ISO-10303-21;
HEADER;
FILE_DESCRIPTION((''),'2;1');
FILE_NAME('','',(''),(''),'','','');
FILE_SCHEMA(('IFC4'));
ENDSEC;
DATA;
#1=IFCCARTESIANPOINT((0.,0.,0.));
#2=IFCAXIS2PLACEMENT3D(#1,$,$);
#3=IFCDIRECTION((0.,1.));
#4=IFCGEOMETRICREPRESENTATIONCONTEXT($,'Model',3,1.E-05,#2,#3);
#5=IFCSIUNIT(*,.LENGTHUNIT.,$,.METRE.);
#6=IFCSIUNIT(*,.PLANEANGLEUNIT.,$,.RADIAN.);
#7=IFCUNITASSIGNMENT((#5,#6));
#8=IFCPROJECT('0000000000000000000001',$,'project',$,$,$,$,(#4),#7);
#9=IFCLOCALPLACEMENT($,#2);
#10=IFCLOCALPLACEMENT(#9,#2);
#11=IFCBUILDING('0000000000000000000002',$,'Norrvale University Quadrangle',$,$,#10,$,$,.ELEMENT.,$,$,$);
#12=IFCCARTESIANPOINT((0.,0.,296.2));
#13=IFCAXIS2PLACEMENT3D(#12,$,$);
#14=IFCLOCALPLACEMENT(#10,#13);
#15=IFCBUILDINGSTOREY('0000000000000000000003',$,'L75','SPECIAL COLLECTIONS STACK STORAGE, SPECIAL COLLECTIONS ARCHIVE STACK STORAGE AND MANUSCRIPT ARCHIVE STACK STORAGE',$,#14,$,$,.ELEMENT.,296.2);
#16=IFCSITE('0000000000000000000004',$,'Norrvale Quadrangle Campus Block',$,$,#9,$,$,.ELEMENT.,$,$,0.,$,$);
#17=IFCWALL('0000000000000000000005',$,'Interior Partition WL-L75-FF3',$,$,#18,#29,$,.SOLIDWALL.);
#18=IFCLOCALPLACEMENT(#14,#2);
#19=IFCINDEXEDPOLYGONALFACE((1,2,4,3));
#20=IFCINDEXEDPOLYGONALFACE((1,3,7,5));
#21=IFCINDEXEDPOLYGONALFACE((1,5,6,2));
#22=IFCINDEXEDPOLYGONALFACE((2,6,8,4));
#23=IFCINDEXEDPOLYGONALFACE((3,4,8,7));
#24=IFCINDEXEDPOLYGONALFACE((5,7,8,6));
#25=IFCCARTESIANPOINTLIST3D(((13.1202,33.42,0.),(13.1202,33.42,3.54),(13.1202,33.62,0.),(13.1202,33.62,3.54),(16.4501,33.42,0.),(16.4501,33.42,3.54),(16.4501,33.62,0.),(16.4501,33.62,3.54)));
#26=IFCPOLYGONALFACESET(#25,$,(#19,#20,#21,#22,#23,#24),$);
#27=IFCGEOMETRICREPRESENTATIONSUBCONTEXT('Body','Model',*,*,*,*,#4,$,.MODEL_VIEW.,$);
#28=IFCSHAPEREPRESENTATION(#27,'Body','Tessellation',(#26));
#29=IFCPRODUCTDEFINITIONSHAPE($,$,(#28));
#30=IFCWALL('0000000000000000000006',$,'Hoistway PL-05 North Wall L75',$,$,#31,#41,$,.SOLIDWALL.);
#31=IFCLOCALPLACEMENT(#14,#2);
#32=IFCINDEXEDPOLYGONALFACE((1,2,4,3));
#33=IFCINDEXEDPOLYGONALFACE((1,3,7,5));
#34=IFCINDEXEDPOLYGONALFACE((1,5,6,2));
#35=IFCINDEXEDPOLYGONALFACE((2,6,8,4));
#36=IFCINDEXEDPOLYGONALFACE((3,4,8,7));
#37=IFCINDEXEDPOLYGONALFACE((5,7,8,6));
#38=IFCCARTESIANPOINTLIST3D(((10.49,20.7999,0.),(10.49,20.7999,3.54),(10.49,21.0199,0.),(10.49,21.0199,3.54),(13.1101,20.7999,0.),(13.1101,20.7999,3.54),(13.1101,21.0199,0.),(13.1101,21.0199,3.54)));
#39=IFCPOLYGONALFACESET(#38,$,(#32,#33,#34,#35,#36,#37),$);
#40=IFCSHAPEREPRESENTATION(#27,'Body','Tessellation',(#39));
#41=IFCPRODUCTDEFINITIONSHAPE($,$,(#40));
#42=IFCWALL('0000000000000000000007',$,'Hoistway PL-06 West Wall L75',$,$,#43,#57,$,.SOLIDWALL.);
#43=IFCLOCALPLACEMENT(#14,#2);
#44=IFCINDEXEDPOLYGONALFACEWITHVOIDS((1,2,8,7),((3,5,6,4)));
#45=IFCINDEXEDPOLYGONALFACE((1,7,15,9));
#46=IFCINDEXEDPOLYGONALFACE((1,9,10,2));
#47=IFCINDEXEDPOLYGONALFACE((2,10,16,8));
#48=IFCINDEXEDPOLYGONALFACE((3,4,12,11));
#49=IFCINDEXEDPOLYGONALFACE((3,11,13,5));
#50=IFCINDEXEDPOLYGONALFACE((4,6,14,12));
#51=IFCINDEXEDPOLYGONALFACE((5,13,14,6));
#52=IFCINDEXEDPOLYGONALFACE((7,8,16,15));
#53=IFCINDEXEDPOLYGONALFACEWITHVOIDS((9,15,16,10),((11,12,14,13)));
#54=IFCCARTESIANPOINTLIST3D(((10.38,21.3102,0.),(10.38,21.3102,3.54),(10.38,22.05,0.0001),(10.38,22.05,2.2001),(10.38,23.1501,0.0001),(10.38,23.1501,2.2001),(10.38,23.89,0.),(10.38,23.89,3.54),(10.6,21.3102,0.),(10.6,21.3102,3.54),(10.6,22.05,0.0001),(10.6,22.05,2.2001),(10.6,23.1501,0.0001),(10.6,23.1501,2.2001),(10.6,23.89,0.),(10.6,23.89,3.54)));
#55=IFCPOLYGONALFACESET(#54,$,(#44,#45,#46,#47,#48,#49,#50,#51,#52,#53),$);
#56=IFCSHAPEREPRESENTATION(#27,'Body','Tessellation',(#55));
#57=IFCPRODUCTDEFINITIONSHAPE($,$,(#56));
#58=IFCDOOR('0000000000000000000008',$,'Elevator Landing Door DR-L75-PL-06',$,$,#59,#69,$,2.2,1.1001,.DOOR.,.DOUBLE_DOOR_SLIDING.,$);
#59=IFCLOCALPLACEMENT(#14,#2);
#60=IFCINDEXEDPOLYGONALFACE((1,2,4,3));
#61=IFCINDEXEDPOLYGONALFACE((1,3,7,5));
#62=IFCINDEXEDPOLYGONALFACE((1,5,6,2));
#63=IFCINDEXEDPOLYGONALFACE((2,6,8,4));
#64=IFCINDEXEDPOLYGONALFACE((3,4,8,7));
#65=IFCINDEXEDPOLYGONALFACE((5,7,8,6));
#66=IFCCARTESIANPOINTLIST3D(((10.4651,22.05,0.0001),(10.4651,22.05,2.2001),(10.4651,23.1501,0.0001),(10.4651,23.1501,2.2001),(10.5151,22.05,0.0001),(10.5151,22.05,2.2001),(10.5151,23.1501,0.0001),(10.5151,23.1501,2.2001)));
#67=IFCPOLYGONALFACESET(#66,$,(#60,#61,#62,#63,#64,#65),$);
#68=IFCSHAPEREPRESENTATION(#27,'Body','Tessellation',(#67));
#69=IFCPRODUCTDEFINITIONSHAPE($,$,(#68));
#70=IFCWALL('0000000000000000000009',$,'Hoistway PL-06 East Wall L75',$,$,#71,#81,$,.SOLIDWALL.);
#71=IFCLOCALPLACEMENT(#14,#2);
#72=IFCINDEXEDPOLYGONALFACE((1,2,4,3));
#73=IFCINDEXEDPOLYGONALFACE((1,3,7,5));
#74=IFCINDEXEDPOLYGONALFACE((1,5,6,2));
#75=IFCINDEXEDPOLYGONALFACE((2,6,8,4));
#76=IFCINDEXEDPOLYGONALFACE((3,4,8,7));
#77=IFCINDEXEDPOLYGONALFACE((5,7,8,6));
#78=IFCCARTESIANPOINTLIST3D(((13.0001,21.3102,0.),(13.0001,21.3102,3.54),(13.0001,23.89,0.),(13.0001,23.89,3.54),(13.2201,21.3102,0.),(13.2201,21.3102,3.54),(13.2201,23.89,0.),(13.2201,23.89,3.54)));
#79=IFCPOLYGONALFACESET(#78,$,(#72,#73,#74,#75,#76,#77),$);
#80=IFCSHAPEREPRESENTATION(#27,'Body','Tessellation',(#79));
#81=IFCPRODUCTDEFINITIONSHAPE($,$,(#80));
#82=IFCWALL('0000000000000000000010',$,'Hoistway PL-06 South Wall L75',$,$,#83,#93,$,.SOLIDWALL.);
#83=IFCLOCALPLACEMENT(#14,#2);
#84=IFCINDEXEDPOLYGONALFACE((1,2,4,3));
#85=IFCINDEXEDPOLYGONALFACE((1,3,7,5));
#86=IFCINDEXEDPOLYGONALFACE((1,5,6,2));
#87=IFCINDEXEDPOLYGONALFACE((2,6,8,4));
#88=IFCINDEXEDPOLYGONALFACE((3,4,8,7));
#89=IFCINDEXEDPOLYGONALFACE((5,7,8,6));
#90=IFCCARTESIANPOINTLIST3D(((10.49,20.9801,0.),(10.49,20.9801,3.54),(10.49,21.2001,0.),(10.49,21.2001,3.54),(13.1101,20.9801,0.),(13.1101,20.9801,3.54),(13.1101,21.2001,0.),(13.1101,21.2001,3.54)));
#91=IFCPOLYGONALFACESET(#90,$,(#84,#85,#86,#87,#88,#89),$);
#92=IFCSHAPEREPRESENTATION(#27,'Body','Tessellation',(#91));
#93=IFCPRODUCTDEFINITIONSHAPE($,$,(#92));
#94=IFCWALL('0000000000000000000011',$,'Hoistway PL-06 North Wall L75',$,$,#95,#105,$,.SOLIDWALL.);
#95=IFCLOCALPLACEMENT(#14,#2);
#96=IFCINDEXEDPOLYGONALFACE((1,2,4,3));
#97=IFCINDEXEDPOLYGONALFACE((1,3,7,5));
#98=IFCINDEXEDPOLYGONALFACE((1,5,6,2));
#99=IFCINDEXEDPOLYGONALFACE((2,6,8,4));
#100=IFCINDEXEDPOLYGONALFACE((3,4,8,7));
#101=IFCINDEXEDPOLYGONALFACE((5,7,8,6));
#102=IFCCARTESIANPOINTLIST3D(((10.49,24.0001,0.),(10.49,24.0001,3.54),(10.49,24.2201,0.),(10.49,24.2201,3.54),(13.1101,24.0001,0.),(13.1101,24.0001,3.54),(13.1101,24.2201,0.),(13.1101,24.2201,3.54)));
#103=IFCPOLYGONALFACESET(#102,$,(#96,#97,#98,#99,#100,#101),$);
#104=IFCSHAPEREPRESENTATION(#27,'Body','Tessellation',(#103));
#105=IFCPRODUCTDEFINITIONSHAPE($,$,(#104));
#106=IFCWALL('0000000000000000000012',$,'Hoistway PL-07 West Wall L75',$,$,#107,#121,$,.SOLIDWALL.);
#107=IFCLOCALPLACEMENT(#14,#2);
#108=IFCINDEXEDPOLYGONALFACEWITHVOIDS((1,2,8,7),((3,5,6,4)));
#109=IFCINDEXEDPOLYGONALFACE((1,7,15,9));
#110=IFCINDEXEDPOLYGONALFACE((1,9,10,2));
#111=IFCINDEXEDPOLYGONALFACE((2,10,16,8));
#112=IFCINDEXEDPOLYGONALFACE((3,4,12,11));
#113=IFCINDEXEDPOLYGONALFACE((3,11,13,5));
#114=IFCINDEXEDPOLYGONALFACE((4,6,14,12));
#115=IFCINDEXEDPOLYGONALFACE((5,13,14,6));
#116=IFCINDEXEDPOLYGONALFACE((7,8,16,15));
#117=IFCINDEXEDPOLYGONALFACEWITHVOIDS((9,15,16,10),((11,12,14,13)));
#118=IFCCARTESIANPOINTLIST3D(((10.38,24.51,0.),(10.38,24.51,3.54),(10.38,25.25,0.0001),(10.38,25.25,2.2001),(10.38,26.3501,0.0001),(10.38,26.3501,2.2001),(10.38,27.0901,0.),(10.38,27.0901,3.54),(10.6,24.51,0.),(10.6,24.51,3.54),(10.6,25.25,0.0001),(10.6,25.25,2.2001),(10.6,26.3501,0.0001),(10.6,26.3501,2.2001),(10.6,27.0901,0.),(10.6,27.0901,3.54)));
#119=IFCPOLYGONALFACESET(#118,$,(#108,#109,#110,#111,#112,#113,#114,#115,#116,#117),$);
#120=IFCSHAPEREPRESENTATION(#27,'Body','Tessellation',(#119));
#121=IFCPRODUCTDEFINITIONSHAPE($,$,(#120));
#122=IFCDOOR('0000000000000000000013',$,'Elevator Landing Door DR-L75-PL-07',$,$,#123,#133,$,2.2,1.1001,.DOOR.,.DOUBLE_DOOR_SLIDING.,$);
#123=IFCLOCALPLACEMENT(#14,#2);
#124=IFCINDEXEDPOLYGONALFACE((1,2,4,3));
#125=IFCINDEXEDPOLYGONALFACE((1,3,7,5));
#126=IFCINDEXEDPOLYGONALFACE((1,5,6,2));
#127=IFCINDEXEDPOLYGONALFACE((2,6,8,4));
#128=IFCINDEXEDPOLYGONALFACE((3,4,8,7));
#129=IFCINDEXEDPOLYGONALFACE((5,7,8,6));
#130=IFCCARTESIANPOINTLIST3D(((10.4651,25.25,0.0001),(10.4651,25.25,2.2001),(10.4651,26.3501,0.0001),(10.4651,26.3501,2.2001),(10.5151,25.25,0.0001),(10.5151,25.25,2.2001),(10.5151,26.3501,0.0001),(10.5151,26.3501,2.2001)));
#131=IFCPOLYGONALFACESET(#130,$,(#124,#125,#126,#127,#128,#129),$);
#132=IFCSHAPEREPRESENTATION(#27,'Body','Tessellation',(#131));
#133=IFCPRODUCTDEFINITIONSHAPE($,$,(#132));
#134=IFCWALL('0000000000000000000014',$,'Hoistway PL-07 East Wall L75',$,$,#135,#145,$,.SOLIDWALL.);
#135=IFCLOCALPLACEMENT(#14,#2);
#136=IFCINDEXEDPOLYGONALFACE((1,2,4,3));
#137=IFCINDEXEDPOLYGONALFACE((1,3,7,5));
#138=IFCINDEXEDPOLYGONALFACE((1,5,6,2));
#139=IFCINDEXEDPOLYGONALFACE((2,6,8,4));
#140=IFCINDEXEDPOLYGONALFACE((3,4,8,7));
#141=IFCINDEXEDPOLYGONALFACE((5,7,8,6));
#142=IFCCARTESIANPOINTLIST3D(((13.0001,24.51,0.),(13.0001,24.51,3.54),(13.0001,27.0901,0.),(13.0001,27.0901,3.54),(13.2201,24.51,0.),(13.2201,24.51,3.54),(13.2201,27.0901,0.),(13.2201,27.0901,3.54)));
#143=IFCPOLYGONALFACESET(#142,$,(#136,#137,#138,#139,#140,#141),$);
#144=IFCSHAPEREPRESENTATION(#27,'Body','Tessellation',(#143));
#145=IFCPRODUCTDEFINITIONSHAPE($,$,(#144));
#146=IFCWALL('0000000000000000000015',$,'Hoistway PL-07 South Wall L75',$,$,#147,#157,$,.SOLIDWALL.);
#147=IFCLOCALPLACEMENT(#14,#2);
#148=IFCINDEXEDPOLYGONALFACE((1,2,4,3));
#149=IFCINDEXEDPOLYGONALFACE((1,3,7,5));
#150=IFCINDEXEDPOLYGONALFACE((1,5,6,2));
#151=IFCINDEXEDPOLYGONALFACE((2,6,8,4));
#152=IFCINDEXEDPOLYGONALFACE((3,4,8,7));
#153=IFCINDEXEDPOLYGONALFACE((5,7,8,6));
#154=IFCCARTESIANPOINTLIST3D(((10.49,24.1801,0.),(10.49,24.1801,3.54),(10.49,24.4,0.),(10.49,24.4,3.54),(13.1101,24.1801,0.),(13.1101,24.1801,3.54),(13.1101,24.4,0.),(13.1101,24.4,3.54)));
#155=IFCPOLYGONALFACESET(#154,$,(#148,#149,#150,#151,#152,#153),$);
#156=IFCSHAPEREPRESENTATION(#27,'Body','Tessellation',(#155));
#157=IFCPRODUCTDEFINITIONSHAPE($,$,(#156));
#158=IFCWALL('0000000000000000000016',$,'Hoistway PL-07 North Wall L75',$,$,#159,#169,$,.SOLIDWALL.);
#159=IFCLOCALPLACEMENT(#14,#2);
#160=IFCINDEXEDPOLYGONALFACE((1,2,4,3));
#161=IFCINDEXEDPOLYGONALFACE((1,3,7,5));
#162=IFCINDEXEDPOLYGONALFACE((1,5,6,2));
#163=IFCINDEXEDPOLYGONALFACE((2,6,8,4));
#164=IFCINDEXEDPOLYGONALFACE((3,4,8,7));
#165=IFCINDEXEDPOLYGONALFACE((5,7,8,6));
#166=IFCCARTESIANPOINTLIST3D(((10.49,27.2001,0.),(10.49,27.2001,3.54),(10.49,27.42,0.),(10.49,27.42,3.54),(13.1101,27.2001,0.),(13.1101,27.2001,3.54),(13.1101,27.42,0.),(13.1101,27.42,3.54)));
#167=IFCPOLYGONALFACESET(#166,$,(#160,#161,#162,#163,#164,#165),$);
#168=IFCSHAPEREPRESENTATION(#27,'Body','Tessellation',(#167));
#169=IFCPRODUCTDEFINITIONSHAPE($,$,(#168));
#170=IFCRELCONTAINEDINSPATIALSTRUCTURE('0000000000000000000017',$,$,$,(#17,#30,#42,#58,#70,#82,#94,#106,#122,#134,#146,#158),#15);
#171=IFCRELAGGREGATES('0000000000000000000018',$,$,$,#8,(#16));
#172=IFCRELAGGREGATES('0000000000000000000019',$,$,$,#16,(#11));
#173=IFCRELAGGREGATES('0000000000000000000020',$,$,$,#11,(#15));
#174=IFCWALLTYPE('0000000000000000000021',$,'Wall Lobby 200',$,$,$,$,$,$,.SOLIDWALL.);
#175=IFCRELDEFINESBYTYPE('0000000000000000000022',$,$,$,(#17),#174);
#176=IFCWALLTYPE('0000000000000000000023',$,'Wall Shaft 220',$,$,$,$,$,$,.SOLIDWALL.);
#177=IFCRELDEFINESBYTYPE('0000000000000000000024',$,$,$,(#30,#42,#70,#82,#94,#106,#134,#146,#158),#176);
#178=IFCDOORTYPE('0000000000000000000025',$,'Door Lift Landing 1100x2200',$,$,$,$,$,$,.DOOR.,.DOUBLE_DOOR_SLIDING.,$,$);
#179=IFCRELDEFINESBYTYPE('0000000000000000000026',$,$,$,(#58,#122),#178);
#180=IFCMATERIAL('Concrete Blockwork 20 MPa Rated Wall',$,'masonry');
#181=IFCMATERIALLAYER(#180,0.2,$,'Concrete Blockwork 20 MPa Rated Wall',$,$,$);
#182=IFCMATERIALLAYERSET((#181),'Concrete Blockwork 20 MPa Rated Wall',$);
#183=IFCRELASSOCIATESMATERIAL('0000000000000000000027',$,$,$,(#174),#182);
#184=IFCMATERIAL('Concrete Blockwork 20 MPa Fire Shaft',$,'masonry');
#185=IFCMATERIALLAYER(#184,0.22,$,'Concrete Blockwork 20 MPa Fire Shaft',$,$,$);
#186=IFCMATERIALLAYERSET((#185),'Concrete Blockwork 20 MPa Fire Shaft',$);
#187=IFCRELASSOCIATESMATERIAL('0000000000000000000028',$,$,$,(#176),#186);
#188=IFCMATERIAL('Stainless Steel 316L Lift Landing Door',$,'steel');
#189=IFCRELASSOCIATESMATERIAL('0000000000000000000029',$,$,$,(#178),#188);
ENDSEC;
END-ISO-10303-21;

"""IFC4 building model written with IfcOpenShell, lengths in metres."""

from ifc_helpers import new_model, si_unit, direction, frame, frame_2d, origin, place, context, subcontext, project, spatial, rectangle, extrude, material, layer, layer_set, type_object, element, fill, save


model = new_model("IFC4")

# Units and contexts
model_context = context("Model", 3, precision=1e-05, world=origin(), true_north=direction((0.0, 1.0)))
body_context = subcontext(model_context, "Body", "Model", "MODEL_VIEW")
ifc_project = project(units=[si_unit("LENGTHUNIT", "METRE"), si_unit("PLANEANGLEUNIT", "RADIAN")], contexts=[model_context])

# Site, building, storey
site_placement = place(None, origin())
site = spatial("IfcSite", under=ifc_project, at=site_placement, Name="Norrvale Quadrangle Campus Block", CompositionType="ELEMENT", RefElevation=0.0)
building_placement = place(site_placement, origin())
building = spatial("IfcBuilding", under=site, at=building_placement, Name="Norrvale University Quadrangle", CompositionType="ELEMENT")
storey_placement = place(building_placement, frame((0.0, 0.0, 296.2)))
storey = spatial("IfcBuildingStorey", under=building, at=storey_placement, Name="L75", Description="SPECIAL COLLECTIONS STACK STORAGE, SPECIAL COLLECTIONS ARCHIVE STACK STORAGE AND MANUSCRIPT ARCHIVE STACK STORAGE", CompositionType="ELEMENT", Elevation=296.2)

# Walls
ifc_material_1 = material(Name="Concrete Blockwork 20 MPa Rated Wall", Category="masonry")
ifc_layer_1 = layer(ifc_material_1, 0.2, Name="Concrete Blockwork 20 MPa Rated Wall")
ifc_layer_set_1 = layer_set([ifc_layer_1], Name="Concrete Blockwork 20 MPa Rated Wall")
wall_type_1 = type_object("IfcWallType", Name="Wall Lobby 200", PredefinedType="SOLIDWALL", material=ifc_layer_set_1)
wall_1_placement = place(storey_placement, frame((13.1201, 33.52, 0.0), z_axis=(0.0, 0.0, 1.0), x_axis=(1.0, 0.0, 0.0)))
element("IfcWall", 1, at=wall_1_placement, inside=storey, type_object=wall_type_1, Name="Interior Partition WL-L75-FF3", PredefinedType="SOLIDWALL", context=body_context, shape_type="SweptSolid", body=[
    extrude(rectangle(XDim=3.3298, YDim=0.2, at=frame_2d((1.665, 0.0))), origin(), (0.0, 0.0, 1.0), 3.54),
])
ifc_material_2 = material(Name="Concrete Blockwork 20 MPa Fire Shaft", Category="masonry")
ifc_layer_2 = layer(ifc_material_2, 0.22, Name="Concrete Blockwork 20 MPa Fire Shaft")
ifc_layer_set_2 = layer_set([ifc_layer_2], Name="Concrete Blockwork 20 MPa Fire Shaft")
wall_type_2 = type_object("IfcWallType", Name="Wall Shaft 220", PredefinedType="SOLIDWALL", material=ifc_layer_set_2)
wall_2_placement = place(storey_placement, frame((10.49, 20.9099, 0.0), z_axis=(0.0, 0.0, 1.0), x_axis=(1.0, 0.0, 0.0)))
element("IfcWall", 2, at=wall_2_placement, inside=storey, type_object=wall_type_2, Name="Hoistway PL-05 North Wall L75", PredefinedType="SOLIDWALL", context=body_context, shape_type="SweptSolid", body=[
    extrude(rectangle(XDim=2.6201, YDim=0.22, at=frame_2d((1.3101, 0.0))), origin(), (0.0, 0.0, 1.0), 3.54),
])

# Wall, opening, door
wall_3_placement = place(storey_placement, frame((10.49, 21.3101, 0.0), z_axis=(0.0, 0.0, 1.0), x_axis=(0.0, 1.0, 0.0)))
wall_3 = element("IfcWall", 3, at=wall_3_placement, inside=storey, type_object=wall_type_2, Name="Hoistway PL-06 West Wall L75", PredefinedType="SOLIDWALL", context=body_context, shape_type="SweptSolid", body=[
    extrude(rectangle(XDim=2.5798, YDim=0.22, at=frame_2d((1.29, 0.0))), origin(), (0.0, 0.0, 1.0), 3.54),
])
opening_1_placement = place(wall_3_placement, frame((0.74, 0.0, 0.0)))
opening_1 = element("IfcOpeningElement", 4, at=opening_1_placement, cuts=wall_3, PredefinedType="OPENING", context=body_context, shape_type="SweptSolid", body=[
    extrude(rectangle(XDim=1.1001, YDim=2.2, at=frame_2d((0.55, 1.1001))), frame((0.0, 0.1221, 0.0), z_axis=(0.0, -1.0, 0.0), x_axis=(1.0, 0.0, 0.0)), (0.0, 0.0, 1.0), 0.2439),
])
ifc_material_3 = material(Name="Stainless Steel 316L Lift Landing Door", Category="steel")
door_type_1 = type_object("IfcDoorType", Name="Door Lift Landing 1100x2200", OperationType="DOUBLE_DOOR_SLIDING", PredefinedType="DOOR", material=ifc_material_3)
door_1_placement = place(opening_1_placement, origin())
door_1 = element("IfcDoor", 5, at=door_1_placement, inside=storey, type_object=door_type_1, Name="Elevator Landing Door DR-L75-PL-06", OperationType="DOUBLE_DOOR_SLIDING", OverallHeight=2.2, OverallWidth=1.1001, PredefinedType="DOOR", context=body_context, shape_type="SweptSolid", body=[
    extrude(rectangle(XDim=1.1001, YDim=2.2, at=frame_2d((0.55, 1.1001))), frame((0.0, 0.0249, 0.0), z_axis=(0.0, -1.0, 0.0), x_axis=(1.0, 0.0, 0.0)), (0.0, 0.0, 1.0), 0.05),
])
fill(opening_1, door_1)

# Walls
wall_4_placement = place(storey_placement, frame((13.1101, 21.3101, 0.0), z_axis=(0.0, 0.0, 1.0), x_axis=(0.0, 1.0, 0.0)))
element("IfcWall", 6, at=wall_4_placement, inside=storey, type_object=wall_type_2, Name="Hoistway PL-06 East Wall L75", PredefinedType="SOLIDWALL", context=body_context, shape_type="SweptSolid", body=[
    extrude(rectangle(XDim=2.5798, YDim=0.22, at=frame_2d((1.29, 0.0))), origin(), (0.0, 0.0, 1.0), 3.54),
])
for number, where, z_axis, x_axis, name in (
    (7, (10.49, 21.0901, 0.0), (0.0, 0.0, 1.0), (1.0, 0.0, 0.0), "Hoistway PL-06 South Wall L75"),
    (8, (10.49, 24.1101, 0.0), (0.0, 0.0, 1.0), (1.0, 0.0, 0.0), "Hoistway PL-06 North Wall L75"),
):
    element("IfcWall", number, at=place(storey_placement, frame(where, z_axis=z_axis, x_axis=x_axis)), inside=storey, type_object=wall_type_2, Name=name, PredefinedType="SOLIDWALL", context=body_context, shape_type="SweptSolid", body=[
        extrude(rectangle(XDim=2.6201, YDim=0.22, at=frame_2d((1.3101, 0.0))), origin(), (0.0, 0.0, 1.0), 3.54),
    ])

# Wall, opening, door
wall_5_placement = place(storey_placement, frame((10.49, 24.51, 0.0), z_axis=(0.0, 0.0, 1.0), x_axis=(0.0, 1.0, 0.0)))
wall_5 = element("IfcWall", 9, at=wall_5_placement, inside=storey, type_object=wall_type_2, Name="Hoistway PL-07 West Wall L75", PredefinedType="SOLIDWALL", context=body_context, shape_type="SweptSolid", body=[
    extrude(rectangle(XDim=2.5801, YDim=0.22, at=frame_2d((1.29, 0.0))), origin(), (0.0, 0.0, 1.0), 3.54),
])
opening_2_placement = place(wall_5_placement, frame((0.74, 0.0, 0.0)))
opening_2 = element("IfcOpeningElement", 10, at=opening_2_placement, cuts=wall_5, PredefinedType="OPENING", context=body_context, shape_type="SweptSolid", body=[
    extrude(rectangle(XDim=1.1001, YDim=2.2, at=frame_2d((0.55, 1.1001))), frame((0.0, 0.1221, 0.0), z_axis=(0.0, -1.0, 0.0), x_axis=(1.0, 0.0, 0.0)), (0.0, 0.0, 1.0), 0.2439),
])
door_2_placement = place(opening_2_placement, origin())
door_2 = element("IfcDoor", 11, at=door_2_placement, inside=storey, type_object=door_type_1, Name="Elevator Landing Door DR-L75-PL-07", OperationType="DOUBLE_DOOR_SLIDING", OverallHeight=2.2, OverallWidth=1.1001, PredefinedType="DOOR", context=body_context, shape_type="SweptSolid", body=[
    extrude(rectangle(XDim=1.1001, YDim=2.2, at=frame_2d((0.55, 1.1001))), frame((0.0, 0.0249, 0.0), z_axis=(0.0, -1.0, 0.0), x_axis=(1.0, 0.0, 0.0)), (0.0, 0.0, 1.0), 0.05),
])
fill(opening_2, door_2)

# Walls
wall_6_placement = place(storey_placement, frame((13.1101, 24.51, 0.0), z_axis=(0.0, 0.0, 1.0), x_axis=(0.0, 1.0, 0.0)))
element("IfcWall", 12, at=wall_6_placement, inside=storey, type_object=wall_type_2, Name="Hoistway PL-07 East Wall L75", PredefinedType="SOLIDWALL", context=body_context, shape_type="SweptSolid", body=[
    extrude(rectangle(XDim=2.5801, YDim=0.22, at=frame_2d((1.29, 0.0))), origin(), (0.0, 0.0, 1.0), 3.54),
])
for number, where, z_axis, x_axis, name in (
    (13, (10.49, 24.29, 0.0), (0.0, 0.0, 1.0), (1.0, 0.0, 0.0), "Hoistway PL-07 South Wall L75"),
    (14, (10.49, 27.3101, 0.0), (0.0, 0.0, 1.0), (1.0, 0.0, 0.0), "Hoistway PL-07 North Wall L75"),
):
    element("IfcWall", number, at=place(storey_placement, frame(where, z_axis=z_axis, x_axis=x_axis)), inside=storey, type_object=wall_type_2, Name=name, PredefinedType="SOLIDWALL", context=body_context, shape_type="SweptSolid", body=[
        extrude(rectangle(XDim=2.6201, YDim=0.22, at=frame_2d((1.3101, 0.0))), origin(), (0.0, 0.0, 1.0), 3.54),
    ])

save(model, "model.ifc")
